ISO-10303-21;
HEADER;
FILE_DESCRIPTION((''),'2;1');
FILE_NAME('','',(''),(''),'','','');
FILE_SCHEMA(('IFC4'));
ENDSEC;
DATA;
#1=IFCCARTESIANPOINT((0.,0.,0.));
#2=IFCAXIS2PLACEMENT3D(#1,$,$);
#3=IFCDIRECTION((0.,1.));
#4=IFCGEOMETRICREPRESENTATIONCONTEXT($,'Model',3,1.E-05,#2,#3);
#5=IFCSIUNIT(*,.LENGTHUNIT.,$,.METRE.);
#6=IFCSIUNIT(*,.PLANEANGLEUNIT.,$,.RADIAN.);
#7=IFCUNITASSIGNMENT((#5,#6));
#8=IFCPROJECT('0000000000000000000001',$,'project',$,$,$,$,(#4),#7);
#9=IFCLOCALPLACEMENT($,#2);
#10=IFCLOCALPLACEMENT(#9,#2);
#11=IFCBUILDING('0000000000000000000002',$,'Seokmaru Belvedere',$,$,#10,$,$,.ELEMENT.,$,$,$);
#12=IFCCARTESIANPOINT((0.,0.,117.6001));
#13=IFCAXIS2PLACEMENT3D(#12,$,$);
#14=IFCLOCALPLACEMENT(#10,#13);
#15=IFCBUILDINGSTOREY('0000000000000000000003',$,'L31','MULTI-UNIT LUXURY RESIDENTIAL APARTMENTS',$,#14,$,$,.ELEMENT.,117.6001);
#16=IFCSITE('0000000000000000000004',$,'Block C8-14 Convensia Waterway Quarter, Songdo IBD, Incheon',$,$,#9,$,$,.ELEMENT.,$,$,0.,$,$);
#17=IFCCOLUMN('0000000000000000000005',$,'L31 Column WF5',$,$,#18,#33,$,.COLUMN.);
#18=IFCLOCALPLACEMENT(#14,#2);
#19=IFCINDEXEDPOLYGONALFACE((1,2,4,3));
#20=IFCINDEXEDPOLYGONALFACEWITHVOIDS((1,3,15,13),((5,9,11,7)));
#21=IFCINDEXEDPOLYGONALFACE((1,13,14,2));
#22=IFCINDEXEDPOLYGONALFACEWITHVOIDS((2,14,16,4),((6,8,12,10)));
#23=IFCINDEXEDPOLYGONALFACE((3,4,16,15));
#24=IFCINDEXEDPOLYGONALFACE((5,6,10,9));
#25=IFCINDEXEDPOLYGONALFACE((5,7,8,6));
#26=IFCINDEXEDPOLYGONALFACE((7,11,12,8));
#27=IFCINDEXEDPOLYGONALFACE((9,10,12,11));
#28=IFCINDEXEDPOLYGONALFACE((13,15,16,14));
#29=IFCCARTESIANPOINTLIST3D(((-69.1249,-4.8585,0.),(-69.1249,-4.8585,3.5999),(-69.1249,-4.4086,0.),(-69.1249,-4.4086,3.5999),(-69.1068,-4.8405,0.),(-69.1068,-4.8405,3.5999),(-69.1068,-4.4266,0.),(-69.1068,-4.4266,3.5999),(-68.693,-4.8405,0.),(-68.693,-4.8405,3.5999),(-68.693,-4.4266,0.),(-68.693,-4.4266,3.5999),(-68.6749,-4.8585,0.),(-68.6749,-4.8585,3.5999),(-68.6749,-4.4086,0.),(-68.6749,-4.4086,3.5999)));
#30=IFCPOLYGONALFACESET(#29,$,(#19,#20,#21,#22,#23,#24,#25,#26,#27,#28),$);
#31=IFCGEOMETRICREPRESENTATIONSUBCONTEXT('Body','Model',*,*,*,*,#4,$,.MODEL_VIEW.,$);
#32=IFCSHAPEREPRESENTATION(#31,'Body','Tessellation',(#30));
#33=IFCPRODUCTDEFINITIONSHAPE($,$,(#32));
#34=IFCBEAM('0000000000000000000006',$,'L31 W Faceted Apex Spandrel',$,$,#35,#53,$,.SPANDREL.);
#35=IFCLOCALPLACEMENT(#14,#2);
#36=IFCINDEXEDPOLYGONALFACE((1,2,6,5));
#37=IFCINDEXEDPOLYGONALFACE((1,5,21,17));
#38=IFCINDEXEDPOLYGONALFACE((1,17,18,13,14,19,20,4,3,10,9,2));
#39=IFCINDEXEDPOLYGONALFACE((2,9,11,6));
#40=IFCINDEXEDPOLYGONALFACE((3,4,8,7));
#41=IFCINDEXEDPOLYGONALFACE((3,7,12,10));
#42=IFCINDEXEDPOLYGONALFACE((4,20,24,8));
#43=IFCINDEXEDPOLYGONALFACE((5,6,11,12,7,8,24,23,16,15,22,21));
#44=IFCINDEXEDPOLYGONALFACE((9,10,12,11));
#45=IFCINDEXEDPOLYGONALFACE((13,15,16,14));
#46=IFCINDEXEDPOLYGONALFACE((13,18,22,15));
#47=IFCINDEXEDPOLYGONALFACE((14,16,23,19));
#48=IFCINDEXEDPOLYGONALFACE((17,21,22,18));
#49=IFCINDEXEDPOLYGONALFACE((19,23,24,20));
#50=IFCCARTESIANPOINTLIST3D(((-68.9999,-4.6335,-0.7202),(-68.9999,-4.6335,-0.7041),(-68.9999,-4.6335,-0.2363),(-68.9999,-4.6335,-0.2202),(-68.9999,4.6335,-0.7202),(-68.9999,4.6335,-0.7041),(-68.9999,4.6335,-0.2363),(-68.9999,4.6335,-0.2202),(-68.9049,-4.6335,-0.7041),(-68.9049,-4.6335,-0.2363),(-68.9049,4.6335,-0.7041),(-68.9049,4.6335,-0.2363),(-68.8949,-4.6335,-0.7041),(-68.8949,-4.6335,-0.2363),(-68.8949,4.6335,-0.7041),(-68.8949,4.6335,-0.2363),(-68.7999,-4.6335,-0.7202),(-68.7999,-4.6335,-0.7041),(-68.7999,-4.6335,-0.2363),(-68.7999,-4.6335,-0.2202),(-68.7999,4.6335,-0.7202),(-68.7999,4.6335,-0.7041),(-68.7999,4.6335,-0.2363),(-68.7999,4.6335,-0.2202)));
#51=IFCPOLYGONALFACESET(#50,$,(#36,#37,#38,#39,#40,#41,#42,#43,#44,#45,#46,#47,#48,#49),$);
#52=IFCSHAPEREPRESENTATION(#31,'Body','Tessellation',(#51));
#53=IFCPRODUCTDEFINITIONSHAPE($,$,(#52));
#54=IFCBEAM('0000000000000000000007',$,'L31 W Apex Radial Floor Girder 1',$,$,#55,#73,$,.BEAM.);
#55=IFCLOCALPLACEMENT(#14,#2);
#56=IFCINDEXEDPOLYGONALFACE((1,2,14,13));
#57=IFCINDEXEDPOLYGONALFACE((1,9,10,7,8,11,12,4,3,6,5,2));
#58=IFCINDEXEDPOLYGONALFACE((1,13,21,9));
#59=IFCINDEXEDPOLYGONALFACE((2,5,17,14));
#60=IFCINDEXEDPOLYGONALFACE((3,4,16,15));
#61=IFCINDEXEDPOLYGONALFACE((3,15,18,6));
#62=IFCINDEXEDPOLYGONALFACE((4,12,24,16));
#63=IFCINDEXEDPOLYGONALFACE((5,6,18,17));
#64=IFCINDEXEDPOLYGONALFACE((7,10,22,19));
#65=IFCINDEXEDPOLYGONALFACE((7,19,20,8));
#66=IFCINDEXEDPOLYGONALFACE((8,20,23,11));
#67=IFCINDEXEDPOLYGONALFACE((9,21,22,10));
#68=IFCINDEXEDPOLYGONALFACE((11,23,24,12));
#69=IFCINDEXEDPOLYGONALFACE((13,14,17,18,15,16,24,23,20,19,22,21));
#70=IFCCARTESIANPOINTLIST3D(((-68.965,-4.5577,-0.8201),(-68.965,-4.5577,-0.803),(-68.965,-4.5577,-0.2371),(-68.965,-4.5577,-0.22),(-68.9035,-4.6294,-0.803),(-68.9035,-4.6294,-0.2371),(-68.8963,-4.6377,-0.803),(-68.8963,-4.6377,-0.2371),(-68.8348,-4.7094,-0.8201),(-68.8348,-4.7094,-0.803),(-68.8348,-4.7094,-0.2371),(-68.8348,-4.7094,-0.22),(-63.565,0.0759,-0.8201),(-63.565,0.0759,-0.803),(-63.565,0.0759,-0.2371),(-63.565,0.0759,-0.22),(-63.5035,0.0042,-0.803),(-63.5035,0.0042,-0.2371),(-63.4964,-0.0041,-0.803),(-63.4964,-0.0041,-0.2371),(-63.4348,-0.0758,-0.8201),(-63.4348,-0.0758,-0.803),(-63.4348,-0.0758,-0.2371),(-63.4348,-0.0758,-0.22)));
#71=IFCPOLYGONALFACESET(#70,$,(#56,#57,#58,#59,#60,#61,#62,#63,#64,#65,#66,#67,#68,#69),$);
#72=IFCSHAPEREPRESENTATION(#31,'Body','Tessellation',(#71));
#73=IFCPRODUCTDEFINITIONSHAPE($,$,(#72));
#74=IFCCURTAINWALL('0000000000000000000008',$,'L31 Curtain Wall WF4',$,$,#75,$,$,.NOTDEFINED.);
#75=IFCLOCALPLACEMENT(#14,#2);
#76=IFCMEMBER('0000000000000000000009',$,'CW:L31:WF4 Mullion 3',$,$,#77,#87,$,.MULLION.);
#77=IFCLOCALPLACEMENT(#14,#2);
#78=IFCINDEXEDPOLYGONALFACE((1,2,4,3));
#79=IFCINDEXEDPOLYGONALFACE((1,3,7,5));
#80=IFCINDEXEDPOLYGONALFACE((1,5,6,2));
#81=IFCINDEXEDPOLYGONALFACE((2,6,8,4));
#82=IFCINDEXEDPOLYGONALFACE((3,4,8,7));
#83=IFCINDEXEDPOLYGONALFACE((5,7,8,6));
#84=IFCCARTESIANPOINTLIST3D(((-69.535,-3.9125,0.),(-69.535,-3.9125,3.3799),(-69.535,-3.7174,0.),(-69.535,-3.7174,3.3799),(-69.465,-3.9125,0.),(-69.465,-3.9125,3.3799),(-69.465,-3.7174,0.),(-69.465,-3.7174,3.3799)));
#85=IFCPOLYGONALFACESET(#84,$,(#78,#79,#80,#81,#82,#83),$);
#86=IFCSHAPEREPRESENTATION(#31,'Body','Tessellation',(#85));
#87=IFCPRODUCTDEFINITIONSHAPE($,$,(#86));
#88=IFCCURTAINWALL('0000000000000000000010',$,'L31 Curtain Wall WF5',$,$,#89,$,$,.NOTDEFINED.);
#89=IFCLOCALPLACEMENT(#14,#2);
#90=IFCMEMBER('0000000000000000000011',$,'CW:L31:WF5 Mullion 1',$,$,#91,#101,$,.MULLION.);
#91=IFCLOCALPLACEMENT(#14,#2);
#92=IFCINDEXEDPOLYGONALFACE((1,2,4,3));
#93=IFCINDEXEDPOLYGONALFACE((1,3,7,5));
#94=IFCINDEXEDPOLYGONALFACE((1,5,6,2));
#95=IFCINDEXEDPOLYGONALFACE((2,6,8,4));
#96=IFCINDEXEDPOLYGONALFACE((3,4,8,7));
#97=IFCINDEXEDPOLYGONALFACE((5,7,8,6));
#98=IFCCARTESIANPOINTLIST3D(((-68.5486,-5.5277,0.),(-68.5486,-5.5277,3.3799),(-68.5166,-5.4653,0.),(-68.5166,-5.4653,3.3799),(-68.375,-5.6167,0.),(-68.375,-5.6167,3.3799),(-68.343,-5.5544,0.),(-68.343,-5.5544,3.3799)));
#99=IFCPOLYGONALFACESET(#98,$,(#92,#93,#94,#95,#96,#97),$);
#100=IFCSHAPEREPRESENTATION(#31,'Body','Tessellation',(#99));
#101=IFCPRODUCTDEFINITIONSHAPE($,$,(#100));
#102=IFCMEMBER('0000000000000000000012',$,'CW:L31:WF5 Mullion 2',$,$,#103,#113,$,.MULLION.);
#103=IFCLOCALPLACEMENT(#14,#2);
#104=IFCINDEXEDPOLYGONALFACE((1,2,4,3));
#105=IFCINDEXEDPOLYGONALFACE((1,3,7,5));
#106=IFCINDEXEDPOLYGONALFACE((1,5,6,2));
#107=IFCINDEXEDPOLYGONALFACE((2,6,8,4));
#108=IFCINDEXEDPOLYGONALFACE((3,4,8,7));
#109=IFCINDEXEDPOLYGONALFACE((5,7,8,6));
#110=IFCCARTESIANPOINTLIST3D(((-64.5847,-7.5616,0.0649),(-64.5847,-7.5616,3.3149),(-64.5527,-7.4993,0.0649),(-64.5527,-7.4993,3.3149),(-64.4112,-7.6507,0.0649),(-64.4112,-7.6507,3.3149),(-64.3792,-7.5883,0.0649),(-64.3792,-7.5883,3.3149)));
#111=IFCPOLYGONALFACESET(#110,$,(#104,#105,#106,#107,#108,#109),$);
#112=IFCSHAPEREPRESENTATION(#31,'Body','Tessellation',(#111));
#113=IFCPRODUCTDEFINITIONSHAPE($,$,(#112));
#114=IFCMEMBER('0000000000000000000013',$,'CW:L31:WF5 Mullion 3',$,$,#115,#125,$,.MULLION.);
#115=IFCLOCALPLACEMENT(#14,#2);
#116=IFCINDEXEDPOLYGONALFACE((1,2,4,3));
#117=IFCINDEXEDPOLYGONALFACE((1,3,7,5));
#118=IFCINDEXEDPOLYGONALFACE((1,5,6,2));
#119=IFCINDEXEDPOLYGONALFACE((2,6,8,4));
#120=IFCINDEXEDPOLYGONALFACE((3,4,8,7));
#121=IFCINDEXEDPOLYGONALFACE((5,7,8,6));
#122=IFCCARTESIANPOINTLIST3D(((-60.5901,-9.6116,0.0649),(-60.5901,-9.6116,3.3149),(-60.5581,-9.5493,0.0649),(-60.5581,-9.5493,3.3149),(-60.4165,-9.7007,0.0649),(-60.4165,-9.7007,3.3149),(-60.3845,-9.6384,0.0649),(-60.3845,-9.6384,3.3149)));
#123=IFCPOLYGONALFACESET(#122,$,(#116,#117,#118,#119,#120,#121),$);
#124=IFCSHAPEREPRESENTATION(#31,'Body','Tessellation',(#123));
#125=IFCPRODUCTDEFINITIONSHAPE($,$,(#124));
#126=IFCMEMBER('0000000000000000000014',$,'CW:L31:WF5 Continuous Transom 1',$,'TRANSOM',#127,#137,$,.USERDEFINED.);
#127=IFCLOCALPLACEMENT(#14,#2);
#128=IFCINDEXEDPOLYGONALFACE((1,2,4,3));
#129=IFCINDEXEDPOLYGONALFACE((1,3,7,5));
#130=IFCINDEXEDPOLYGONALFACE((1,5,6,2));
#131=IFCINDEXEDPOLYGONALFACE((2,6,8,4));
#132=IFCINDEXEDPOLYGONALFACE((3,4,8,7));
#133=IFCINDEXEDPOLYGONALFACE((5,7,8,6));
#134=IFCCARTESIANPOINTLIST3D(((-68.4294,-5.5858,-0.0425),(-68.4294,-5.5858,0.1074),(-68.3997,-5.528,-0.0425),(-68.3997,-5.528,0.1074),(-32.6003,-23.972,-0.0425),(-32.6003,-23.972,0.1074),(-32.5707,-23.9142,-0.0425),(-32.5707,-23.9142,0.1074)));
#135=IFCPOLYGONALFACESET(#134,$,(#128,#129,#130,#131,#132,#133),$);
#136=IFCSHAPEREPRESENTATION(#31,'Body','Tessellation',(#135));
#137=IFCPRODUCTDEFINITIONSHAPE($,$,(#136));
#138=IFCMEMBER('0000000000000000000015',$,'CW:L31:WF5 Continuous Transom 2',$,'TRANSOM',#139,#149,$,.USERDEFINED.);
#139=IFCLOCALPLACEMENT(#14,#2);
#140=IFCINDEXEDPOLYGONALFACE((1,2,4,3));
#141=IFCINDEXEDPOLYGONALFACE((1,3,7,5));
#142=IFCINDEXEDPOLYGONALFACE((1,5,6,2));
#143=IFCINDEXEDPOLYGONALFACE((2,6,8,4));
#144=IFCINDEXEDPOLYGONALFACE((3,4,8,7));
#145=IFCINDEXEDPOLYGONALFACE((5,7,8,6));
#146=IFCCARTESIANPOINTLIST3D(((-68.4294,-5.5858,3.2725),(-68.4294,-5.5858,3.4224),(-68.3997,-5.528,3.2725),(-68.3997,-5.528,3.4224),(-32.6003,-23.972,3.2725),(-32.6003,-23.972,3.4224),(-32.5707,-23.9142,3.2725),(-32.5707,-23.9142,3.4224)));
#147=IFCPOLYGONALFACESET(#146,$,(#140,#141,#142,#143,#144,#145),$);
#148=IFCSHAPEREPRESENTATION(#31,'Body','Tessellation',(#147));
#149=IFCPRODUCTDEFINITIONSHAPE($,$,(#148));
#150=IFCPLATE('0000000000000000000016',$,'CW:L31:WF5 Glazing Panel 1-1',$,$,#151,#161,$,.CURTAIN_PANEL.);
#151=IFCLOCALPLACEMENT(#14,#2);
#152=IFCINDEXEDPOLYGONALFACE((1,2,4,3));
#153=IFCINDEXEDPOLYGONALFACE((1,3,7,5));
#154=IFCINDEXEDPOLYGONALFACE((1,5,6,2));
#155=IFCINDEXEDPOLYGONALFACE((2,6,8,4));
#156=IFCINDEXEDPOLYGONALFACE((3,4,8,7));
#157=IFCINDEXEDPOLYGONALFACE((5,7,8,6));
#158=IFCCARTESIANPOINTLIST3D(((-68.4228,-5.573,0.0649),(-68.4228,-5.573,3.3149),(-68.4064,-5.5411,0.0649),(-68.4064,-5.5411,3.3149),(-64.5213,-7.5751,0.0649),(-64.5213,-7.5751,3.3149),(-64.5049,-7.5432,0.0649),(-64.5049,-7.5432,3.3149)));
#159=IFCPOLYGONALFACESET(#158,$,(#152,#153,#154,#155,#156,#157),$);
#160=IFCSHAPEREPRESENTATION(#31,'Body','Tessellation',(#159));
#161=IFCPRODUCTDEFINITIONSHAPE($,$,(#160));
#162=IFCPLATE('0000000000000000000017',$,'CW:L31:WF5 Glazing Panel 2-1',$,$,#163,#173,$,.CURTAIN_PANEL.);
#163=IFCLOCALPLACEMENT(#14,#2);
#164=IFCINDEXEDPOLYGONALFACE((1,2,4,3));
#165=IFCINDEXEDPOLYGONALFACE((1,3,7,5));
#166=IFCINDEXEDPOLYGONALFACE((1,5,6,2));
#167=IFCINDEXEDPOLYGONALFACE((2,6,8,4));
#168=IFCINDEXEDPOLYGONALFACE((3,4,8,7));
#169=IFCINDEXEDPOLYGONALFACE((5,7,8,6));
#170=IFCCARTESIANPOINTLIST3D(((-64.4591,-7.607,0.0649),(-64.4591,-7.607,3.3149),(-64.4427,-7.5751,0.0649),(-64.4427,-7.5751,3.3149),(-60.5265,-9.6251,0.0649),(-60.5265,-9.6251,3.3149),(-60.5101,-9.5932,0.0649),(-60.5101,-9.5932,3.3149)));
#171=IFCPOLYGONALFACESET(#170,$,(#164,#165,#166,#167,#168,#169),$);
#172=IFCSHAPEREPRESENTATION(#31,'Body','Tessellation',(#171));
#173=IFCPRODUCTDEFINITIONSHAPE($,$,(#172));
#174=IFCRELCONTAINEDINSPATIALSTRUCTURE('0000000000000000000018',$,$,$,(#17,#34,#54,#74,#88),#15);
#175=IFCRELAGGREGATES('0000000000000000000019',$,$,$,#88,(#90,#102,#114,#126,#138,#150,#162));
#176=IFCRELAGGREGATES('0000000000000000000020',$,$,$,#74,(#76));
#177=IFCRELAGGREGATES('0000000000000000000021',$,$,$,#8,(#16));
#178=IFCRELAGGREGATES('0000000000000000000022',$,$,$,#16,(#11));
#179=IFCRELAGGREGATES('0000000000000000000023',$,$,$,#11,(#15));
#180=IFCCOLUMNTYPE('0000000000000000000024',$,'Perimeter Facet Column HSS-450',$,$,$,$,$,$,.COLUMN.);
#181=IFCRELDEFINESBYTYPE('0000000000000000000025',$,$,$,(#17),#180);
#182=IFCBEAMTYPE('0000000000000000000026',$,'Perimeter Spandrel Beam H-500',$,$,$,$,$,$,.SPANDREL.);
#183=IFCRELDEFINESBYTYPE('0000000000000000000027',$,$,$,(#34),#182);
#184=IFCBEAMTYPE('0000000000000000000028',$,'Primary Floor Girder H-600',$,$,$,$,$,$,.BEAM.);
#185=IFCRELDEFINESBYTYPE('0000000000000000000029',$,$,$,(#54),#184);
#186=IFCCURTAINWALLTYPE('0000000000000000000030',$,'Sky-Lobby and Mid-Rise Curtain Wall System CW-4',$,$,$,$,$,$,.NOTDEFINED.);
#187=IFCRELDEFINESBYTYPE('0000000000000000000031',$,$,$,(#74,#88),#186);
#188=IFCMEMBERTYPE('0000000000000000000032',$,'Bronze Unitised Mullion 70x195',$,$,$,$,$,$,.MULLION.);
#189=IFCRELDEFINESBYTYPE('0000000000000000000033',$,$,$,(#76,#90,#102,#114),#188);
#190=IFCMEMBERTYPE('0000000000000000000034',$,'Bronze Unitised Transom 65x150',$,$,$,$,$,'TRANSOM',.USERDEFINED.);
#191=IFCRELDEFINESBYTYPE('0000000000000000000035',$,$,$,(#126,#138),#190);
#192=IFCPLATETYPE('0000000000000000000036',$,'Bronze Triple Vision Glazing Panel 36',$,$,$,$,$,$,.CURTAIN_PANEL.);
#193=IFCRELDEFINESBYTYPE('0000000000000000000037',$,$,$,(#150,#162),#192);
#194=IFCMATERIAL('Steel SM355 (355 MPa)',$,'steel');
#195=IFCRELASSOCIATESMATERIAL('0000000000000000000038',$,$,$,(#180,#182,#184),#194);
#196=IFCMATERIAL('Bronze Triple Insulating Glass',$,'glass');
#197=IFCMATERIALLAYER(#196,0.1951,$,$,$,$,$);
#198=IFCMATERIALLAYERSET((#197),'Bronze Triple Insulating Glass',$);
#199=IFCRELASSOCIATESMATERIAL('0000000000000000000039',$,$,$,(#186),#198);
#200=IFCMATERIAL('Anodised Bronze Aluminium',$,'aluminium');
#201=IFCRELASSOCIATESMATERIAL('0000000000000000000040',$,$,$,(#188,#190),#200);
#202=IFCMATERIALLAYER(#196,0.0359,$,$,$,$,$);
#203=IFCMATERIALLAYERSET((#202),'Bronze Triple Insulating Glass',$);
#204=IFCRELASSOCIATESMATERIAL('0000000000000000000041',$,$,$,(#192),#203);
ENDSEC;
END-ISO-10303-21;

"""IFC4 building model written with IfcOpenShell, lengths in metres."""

from ifc_helpers import new_model, si_unit, direction, frame, origin, origin_2d, place, context, subcontext, project, spatial, rectangle, hollow_rectangle, i_section, extrude, source, transform, mapped, material, layer, layer_set, material_profile, profile_set, type_object, type_shapes, element, aggregate, save


model = new_model("IFC4")

# Units and contexts
model_context = context("Model", 3, precision=1e-05, world=origin(), true_north=direction((0.0, 1.0)))
body_context = subcontext(model_context, "Body", "Model", "MODEL_VIEW")
ifc_project = project(units=[si_unit("LENGTHUNIT", "METRE"), si_unit("PLANEANGLEUNIT", "RADIAN")], contexts=[model_context])

# Site, building, storey
site_placement = place(None, origin())
site = spatial("IfcSite", under=ifc_project, at=site_placement, Name="Block C8-14 Convensia Waterway Quarter, Songdo IBD, Incheon", CompositionType="ELEMENT", RefElevation=0.0)
building_placement = place(site_placement, origin())
building = spatial("IfcBuilding", under=site, at=building_placement, Name="Seokmaru Belvedere", CompositionType="ELEMENT")
storey_placement = place(building_placement, frame((0.0, 0.0, 117.6001)))
storey = spatial("IfcBuildingStorey", under=building, at=storey_placement, Name="L31", Description="MULTI-UNIT LUXURY RESIDENTIAL APARTMENTS", CompositionType="ELEMENT", Elevation=117.6001)

# Column
ifc_material_1 = material(Name="Steel SM355 (355 MPa)", Category="steel")
ifc_material_profile_1 = material_profile(ifc_material_1, hollow_rectangle(XDim=0.45, YDim=0.45, WallThickness=0.0181, at=origin_2d()), Name="HSS-450x450x18")
ifc_profile_set_1 = profile_set([ifc_material_profile_1], Name="Steel SM355 (355 MPa)")
column_type = type_object("IfcColumnType", Name="Perimeter Facet Column HSS-450", PredefinedType="COLUMN", material=ifc_profile_set_1)
shared_shape_1 = source(origin(), body_context, "Body", "SweptSolid", [
    extrude(hollow_rectangle(XDim=0.45, YDim=0.45, WallThickness=0.0181, at=origin_2d()), origin(), (0.0, 0.0, 1.0), 3.5999),
])
type_shapes(column_type, [shared_shape_1])
column_placement = place(storey_placement, frame((-68.8999, -4.6335, 0.0), z_axis=(0.0, 0.0, 1.0), x_axis=(1.0, 0.0, 0.0)))
element("IfcColumn", 1, at=column_placement, inside=storey, type_object=column_type, Name="L31 Column WF5", PredefinedType="COLUMN", context=body_context, shape_type="MappedRepresentation", body=[
    mapped(shared_shape_1, transform((0.0, 0.0, 0.0), scale=1.0)),
])

# Beams
ifc_material_profile_2 = material_profile(ifc_material_1, i_section(OverallWidth=0.2, OverallDepth=0.5, WebThickness=0.01, FlangeThickness=0.0161, at=origin_2d()), Name="H-500x200x10x16")
ifc_profile_set_2 = profile_set([ifc_material_profile_2], Name="Steel SM355 (355 MPa)")
beam_type_1 = type_object("IfcBeamType", Name="Perimeter Spandrel Beam H-500", PredefinedType="SPANDREL", material=ifc_profile_set_2)
shared_shape_2 = source(origin(), body_context, "Body", "SweptSolid", [
    extrude(i_section(OverallWidth=0.2, OverallDepth=0.5, WebThickness=0.01, FlangeThickness=0.0161, at=origin_2d()), origin(), (0.0, 0.0, 1.0), 9.2671),
])
type_shapes(beam_type_1, [shared_shape_2])
beam_1_placement = place(storey_placement, frame((-68.8999, -4.6335, -0.4702), z_axis=(0.0, 1.0, 0.0), x_axis=(-1.0, 0.0, 0.0)))
element("IfcBeam", 2, at=beam_1_placement, inside=storey, type_object=beam_type_1, Name="L31 W Faceted Apex Spandrel", PredefinedType="SPANDREL", context=body_context, shape_type="MappedRepresentation", body=[
    mapped(shared_shape_2, transform((0.0, 0.0, 0.0), scale=1.0)),
])
ifc_material_profile_3 = material_profile(ifc_material_1, i_section(OverallWidth=0.2, OverallDepth=0.6001, WebThickness=0.011, FlangeThickness=0.0171, at=origin_2d()), Name="H-600x200x11x17")
ifc_profile_set_3 = profile_set([ifc_material_profile_3], Name="Steel SM355 (355 MPa)")
beam_type_2 = type_object("IfcBeamType", Name="Primary Floor Girder H-600", PredefinedType="BEAM", material=ifc_profile_set_3)
shared_shape_3 = source(origin(), body_context, "Body", "SweptSolid", [
    extrude(i_section(OverallWidth=0.2, OverallDepth=0.6001, WebThickness=0.011, FlangeThickness=0.0171, at=origin_2d()), origin(), (0.0, 0.0, 1.0), 7.1155),
])
type_shapes(beam_type_2, [shared_shape_3])
beam_2_placement = place(storey_placement, frame((-68.8999, -4.6335, -0.52), z_axis=(0.758905, 0.651201, 0.0), x_axis=(-0.651201, 0.758905, 0.0)))
element("IfcBeam", 3, at=beam_2_placement, inside=storey, type_object=beam_type_2, Name="L31 W Apex Radial Floor Girder 1", PredefinedType="BEAM", context=body_context, shape_type="MappedRepresentation", body=[
    mapped(shared_shape_3, transform((0.0, 0.0, 0.0), scale=1.0)),
])

# Curtain wall, member
ifc_material_2 = material(Name="Bronze Triple Insulating Glass", Category="glass")
ifc_layer_1 = layer(ifc_material_2, 0.1951)
ifc_layer_set_1 = layer_set([ifc_layer_1], Name="Bronze Triple Insulating Glass")
curtain_wall_type = type_object("IfcCurtainWallType", Name="Sky-Lobby and Mid-Rise Curtain Wall System CW-4", PredefinedType="NOTDEFINED", material=ifc_layer_set_1)
curtain_wall_1_placement = place(storey_placement, origin())
curtain_wall_1 = element("IfcCurtainWall", 4, at=curtain_wall_1_placement, inside=storey, type_object=curtain_wall_type, Name="L31 Curtain Wall WF4", PredefinedType="NOTDEFINED")
ifc_material_3 = material(Name="Anodised Bronze Aluminium", Category="aluminium")
ifc_material_profile_4 = material_profile(ifc_material_3, rectangle(XDim=0.0701, YDim=0.1951, at=origin_2d()), Name="CW-M-70x195")
ifc_profile_set_4 = profile_set([ifc_material_profile_4], Name="Anodised Bronze Aluminium")
member_type_1 = type_object("IfcMemberType", Name="Bronze Unitised Mullion 70x195", PredefinedType="MULLION", material=ifc_profile_set_4)
shared_shape_4 = source(origin(), body_context, "Body", "SweptSolid", [
    extrude(rectangle(XDim=0.0701, YDim=0.1951, at=origin_2d()), origin(), (0.0, 0.0, 1.0), 3.3799),
])
member_1_placement = place(storey_placement, frame((-69.5, -3.8149, 0.0), z_axis=(0.0, 0.0, 1.0), x_axis=(1.0, 0.0, 0.0)))
member_1 = element("IfcMember", 5, at=member_1_placement, type_object=member_type_1, Name="CW:L31:WF4 Mullion 3", PredefinedType="MULLION", context=body_context, shape_type="MappedRepresentation", body=[
    mapped(shared_shape_4, transform((0.0, 0.0, 0.0), scale=1.0)),
])

# Curtain wall, members, plates
curtain_wall_2_placement = place(storey_placement, origin())
curtain_wall_2 = element("IfcCurtainWall", 6, at=curtain_wall_2_placement, inside=storey, type_object=curtain_wall_type, Name="L31 Curtain Wall WF5", PredefinedType="NOTDEFINED")
member_2_placement = place(storey_placement, frame((-68.4458, -5.541, 0.0), z_axis=(0.0, 0.0, 1.0), x_axis=(0.456555, 0.889695, 0.0)))
member_2 = element("IfcMember", 7, at=member_2_placement, type_object=member_type_1, Name="CW:L31:WF5 Mullion 1", PredefinedType="MULLION", context=body_context, shape_type="MappedRepresentation", body=[
    mapped(shared_shape_4, transform((0.0, 0.0, 0.0), scale=1.0)),
])
shared_shape_5 = source(origin(), body_context, "Body", "SweptSolid", [
    extrude(rectangle(XDim=0.0701, YDim=0.1951, at=origin_2d()), origin(), (0.0, 0.0, 1.0), 3.25),
])
type_shapes(member_type_1, [shared_shape_4, shared_shape_5])
member_3_placement = place(storey_placement, frame((-64.4819, -7.575, 0.0649), z_axis=(0.0, 0.0, 1.0), x_axis=(0.456555, 0.889695, 0.0)))
member_3 = element("IfcMember", 8, at=member_3_placement, type_object=member_type_1, Name="CW:L31:WF5 Mullion 2", PredefinedType="MULLION", context=body_context, shape_type="MappedRepresentation", body=[
    mapped(shared_shape_5, transform((0.0, 0.0, 0.0), scale=1.0)),
])
member_4_placement = place(storey_placement, frame((-60.4873, -9.625, 0.0649), z_axis=(0.0, 0.0, 1.0), x_axis=(0.456555, 0.889695, 0.0)))
member_4 = element("IfcMember", 9, at=member_4_placement, type_object=member_type_1, Name="CW:L31:WF5 Mullion 3", PredefinedType="MULLION", context=body_context, shape_type="MappedRepresentation", body=[
    mapped(shared_shape_5, transform((0.0, 0.0, 0.0), scale=1.0)),
])
ifc_material_profile_5 = material_profile(ifc_material_3, rectangle(XDim=0.0649, YDim=0.1499, at=origin_2d()), Name="CW-T-65x150")
ifc_profile_set_5 = profile_set([ifc_material_profile_5], Name="Anodised Bronze Aluminium")
member_type_2 = type_object("IfcMemberType", Name="Bronze Unitised Transom 65x150", ElementType="TRANSOM", PredefinedType="USERDEFINED", material=ifc_profile_set_5)
shared_shape_6 = source(origin(), body_context, "Body", "SweptSolid", [
    extrude(rectangle(XDim=0.0649, YDim=0.1499, at=origin_2d()), origin(), (0.0, 0.0, 1.0), 40.2712),
])
type_shapes(member_type_2, [shared_shape_6])
member_5_placement = place(storey_placement, frame((-68.4146, -5.5569, 0.0325), z_axis=(0.889693, -0.456559, 0.0), x_axis=(0.456559, 0.889693, 0.0)))
member_5 = element("IfcMember", 10, at=member_5_placement, type_object=member_type_2, Name="CW:L31:WF5 Continuous Transom 1", ObjectType="TRANSOM", PredefinedType="USERDEFINED", context=body_context, shape_type="MappedRepresentation", body=[
    mapped(shared_shape_6, transform((0.0, 0.0, 0.0), scale=1.0)),
])
member_6_placement = place(storey_placement, frame((-68.4146, -5.5569, 3.3474), z_axis=(0.889693, -0.456559, 0.0), x_axis=(0.456559, 0.889693, 0.0)))
member_6 = element("IfcMember", 11, at=member_6_placement, type_object=member_type_2, Name="CW:L31:WF5 Continuous Transom 2", ObjectType="TRANSOM", PredefinedType="USERDEFINED", context=body_context, shape_type="MappedRepresentation", body=[
    mapped(shared_shape_6, transform((0.0, 0.0, 0.0), scale=1.0)),
])
ifc_layer_2 = layer(ifc_material_2, 0.0359)
ifc_layer_set_2 = layer_set([ifc_layer_2], Name="Bronze Triple Insulating Glass")
plate_type = type_object("IfcPlateType", Name="Bronze Triple Vision Glazing Panel 36", PredefinedType="CURTAIN_PANEL", material=ifc_layer_set_2)
shared_shape_7 = source(origin(), body_context, "Body", "SweptSolid", [
    extrude(rectangle(XDim=4.3853, YDim=0.0359, at=origin_2d()), origin(), (0.0, 0.0, 1.0), 3.25),
])
plate_1_placement = place(storey_placement, frame((-66.4639, -6.5581, 0.0649), z_axis=(0.0, 0.0, 1.0), x_axis=(0.889695, -0.456555, 0.0)))
plate_1 = element("IfcPlate", 12, at=plate_1_placement, type_object=plate_type, Name="CW:L31:WF5 Glazing Panel 1-1", PredefinedType="CURTAIN_PANEL", context=body_context, shape_type="MappedRepresentation", body=[
    mapped(shared_shape_7, transform((0.0, 0.0, 0.0), scale=1.0)),
])
shared_shape_8 = source(origin(), body_context, "Body", "SweptSolid", [
    extrude(rectangle(XDim=4.4202, YDim=0.0359, at=origin_2d()), origin(), (0.0, 0.0, 1.0), 3.25),
])
plate_2_placement = place(storey_placement, frame((-62.4846, -8.6001, 0.0649), z_axis=(0.0, 0.0, 1.0), x_axis=(0.889695, -0.456555, 0.0)))
plate_2 = element("IfcPlate", 13, at=plate_2_placement, type_object=plate_type, Name="CW:L31:WF5 Glazing Panel 2-1", PredefinedType="CURTAIN_PANEL", context=body_context, shape_type="MappedRepresentation", body=[
    mapped(shared_shape_8, transform((0.0, 0.0, 0.0), scale=1.0)),
])
aggregate(curtain_wall_2, [member_2, member_3, member_4, member_5, member_6, plate_1, plate_2])

aggregate(curtain_wall_1, [member_1])

save(model, "model.ifc")
